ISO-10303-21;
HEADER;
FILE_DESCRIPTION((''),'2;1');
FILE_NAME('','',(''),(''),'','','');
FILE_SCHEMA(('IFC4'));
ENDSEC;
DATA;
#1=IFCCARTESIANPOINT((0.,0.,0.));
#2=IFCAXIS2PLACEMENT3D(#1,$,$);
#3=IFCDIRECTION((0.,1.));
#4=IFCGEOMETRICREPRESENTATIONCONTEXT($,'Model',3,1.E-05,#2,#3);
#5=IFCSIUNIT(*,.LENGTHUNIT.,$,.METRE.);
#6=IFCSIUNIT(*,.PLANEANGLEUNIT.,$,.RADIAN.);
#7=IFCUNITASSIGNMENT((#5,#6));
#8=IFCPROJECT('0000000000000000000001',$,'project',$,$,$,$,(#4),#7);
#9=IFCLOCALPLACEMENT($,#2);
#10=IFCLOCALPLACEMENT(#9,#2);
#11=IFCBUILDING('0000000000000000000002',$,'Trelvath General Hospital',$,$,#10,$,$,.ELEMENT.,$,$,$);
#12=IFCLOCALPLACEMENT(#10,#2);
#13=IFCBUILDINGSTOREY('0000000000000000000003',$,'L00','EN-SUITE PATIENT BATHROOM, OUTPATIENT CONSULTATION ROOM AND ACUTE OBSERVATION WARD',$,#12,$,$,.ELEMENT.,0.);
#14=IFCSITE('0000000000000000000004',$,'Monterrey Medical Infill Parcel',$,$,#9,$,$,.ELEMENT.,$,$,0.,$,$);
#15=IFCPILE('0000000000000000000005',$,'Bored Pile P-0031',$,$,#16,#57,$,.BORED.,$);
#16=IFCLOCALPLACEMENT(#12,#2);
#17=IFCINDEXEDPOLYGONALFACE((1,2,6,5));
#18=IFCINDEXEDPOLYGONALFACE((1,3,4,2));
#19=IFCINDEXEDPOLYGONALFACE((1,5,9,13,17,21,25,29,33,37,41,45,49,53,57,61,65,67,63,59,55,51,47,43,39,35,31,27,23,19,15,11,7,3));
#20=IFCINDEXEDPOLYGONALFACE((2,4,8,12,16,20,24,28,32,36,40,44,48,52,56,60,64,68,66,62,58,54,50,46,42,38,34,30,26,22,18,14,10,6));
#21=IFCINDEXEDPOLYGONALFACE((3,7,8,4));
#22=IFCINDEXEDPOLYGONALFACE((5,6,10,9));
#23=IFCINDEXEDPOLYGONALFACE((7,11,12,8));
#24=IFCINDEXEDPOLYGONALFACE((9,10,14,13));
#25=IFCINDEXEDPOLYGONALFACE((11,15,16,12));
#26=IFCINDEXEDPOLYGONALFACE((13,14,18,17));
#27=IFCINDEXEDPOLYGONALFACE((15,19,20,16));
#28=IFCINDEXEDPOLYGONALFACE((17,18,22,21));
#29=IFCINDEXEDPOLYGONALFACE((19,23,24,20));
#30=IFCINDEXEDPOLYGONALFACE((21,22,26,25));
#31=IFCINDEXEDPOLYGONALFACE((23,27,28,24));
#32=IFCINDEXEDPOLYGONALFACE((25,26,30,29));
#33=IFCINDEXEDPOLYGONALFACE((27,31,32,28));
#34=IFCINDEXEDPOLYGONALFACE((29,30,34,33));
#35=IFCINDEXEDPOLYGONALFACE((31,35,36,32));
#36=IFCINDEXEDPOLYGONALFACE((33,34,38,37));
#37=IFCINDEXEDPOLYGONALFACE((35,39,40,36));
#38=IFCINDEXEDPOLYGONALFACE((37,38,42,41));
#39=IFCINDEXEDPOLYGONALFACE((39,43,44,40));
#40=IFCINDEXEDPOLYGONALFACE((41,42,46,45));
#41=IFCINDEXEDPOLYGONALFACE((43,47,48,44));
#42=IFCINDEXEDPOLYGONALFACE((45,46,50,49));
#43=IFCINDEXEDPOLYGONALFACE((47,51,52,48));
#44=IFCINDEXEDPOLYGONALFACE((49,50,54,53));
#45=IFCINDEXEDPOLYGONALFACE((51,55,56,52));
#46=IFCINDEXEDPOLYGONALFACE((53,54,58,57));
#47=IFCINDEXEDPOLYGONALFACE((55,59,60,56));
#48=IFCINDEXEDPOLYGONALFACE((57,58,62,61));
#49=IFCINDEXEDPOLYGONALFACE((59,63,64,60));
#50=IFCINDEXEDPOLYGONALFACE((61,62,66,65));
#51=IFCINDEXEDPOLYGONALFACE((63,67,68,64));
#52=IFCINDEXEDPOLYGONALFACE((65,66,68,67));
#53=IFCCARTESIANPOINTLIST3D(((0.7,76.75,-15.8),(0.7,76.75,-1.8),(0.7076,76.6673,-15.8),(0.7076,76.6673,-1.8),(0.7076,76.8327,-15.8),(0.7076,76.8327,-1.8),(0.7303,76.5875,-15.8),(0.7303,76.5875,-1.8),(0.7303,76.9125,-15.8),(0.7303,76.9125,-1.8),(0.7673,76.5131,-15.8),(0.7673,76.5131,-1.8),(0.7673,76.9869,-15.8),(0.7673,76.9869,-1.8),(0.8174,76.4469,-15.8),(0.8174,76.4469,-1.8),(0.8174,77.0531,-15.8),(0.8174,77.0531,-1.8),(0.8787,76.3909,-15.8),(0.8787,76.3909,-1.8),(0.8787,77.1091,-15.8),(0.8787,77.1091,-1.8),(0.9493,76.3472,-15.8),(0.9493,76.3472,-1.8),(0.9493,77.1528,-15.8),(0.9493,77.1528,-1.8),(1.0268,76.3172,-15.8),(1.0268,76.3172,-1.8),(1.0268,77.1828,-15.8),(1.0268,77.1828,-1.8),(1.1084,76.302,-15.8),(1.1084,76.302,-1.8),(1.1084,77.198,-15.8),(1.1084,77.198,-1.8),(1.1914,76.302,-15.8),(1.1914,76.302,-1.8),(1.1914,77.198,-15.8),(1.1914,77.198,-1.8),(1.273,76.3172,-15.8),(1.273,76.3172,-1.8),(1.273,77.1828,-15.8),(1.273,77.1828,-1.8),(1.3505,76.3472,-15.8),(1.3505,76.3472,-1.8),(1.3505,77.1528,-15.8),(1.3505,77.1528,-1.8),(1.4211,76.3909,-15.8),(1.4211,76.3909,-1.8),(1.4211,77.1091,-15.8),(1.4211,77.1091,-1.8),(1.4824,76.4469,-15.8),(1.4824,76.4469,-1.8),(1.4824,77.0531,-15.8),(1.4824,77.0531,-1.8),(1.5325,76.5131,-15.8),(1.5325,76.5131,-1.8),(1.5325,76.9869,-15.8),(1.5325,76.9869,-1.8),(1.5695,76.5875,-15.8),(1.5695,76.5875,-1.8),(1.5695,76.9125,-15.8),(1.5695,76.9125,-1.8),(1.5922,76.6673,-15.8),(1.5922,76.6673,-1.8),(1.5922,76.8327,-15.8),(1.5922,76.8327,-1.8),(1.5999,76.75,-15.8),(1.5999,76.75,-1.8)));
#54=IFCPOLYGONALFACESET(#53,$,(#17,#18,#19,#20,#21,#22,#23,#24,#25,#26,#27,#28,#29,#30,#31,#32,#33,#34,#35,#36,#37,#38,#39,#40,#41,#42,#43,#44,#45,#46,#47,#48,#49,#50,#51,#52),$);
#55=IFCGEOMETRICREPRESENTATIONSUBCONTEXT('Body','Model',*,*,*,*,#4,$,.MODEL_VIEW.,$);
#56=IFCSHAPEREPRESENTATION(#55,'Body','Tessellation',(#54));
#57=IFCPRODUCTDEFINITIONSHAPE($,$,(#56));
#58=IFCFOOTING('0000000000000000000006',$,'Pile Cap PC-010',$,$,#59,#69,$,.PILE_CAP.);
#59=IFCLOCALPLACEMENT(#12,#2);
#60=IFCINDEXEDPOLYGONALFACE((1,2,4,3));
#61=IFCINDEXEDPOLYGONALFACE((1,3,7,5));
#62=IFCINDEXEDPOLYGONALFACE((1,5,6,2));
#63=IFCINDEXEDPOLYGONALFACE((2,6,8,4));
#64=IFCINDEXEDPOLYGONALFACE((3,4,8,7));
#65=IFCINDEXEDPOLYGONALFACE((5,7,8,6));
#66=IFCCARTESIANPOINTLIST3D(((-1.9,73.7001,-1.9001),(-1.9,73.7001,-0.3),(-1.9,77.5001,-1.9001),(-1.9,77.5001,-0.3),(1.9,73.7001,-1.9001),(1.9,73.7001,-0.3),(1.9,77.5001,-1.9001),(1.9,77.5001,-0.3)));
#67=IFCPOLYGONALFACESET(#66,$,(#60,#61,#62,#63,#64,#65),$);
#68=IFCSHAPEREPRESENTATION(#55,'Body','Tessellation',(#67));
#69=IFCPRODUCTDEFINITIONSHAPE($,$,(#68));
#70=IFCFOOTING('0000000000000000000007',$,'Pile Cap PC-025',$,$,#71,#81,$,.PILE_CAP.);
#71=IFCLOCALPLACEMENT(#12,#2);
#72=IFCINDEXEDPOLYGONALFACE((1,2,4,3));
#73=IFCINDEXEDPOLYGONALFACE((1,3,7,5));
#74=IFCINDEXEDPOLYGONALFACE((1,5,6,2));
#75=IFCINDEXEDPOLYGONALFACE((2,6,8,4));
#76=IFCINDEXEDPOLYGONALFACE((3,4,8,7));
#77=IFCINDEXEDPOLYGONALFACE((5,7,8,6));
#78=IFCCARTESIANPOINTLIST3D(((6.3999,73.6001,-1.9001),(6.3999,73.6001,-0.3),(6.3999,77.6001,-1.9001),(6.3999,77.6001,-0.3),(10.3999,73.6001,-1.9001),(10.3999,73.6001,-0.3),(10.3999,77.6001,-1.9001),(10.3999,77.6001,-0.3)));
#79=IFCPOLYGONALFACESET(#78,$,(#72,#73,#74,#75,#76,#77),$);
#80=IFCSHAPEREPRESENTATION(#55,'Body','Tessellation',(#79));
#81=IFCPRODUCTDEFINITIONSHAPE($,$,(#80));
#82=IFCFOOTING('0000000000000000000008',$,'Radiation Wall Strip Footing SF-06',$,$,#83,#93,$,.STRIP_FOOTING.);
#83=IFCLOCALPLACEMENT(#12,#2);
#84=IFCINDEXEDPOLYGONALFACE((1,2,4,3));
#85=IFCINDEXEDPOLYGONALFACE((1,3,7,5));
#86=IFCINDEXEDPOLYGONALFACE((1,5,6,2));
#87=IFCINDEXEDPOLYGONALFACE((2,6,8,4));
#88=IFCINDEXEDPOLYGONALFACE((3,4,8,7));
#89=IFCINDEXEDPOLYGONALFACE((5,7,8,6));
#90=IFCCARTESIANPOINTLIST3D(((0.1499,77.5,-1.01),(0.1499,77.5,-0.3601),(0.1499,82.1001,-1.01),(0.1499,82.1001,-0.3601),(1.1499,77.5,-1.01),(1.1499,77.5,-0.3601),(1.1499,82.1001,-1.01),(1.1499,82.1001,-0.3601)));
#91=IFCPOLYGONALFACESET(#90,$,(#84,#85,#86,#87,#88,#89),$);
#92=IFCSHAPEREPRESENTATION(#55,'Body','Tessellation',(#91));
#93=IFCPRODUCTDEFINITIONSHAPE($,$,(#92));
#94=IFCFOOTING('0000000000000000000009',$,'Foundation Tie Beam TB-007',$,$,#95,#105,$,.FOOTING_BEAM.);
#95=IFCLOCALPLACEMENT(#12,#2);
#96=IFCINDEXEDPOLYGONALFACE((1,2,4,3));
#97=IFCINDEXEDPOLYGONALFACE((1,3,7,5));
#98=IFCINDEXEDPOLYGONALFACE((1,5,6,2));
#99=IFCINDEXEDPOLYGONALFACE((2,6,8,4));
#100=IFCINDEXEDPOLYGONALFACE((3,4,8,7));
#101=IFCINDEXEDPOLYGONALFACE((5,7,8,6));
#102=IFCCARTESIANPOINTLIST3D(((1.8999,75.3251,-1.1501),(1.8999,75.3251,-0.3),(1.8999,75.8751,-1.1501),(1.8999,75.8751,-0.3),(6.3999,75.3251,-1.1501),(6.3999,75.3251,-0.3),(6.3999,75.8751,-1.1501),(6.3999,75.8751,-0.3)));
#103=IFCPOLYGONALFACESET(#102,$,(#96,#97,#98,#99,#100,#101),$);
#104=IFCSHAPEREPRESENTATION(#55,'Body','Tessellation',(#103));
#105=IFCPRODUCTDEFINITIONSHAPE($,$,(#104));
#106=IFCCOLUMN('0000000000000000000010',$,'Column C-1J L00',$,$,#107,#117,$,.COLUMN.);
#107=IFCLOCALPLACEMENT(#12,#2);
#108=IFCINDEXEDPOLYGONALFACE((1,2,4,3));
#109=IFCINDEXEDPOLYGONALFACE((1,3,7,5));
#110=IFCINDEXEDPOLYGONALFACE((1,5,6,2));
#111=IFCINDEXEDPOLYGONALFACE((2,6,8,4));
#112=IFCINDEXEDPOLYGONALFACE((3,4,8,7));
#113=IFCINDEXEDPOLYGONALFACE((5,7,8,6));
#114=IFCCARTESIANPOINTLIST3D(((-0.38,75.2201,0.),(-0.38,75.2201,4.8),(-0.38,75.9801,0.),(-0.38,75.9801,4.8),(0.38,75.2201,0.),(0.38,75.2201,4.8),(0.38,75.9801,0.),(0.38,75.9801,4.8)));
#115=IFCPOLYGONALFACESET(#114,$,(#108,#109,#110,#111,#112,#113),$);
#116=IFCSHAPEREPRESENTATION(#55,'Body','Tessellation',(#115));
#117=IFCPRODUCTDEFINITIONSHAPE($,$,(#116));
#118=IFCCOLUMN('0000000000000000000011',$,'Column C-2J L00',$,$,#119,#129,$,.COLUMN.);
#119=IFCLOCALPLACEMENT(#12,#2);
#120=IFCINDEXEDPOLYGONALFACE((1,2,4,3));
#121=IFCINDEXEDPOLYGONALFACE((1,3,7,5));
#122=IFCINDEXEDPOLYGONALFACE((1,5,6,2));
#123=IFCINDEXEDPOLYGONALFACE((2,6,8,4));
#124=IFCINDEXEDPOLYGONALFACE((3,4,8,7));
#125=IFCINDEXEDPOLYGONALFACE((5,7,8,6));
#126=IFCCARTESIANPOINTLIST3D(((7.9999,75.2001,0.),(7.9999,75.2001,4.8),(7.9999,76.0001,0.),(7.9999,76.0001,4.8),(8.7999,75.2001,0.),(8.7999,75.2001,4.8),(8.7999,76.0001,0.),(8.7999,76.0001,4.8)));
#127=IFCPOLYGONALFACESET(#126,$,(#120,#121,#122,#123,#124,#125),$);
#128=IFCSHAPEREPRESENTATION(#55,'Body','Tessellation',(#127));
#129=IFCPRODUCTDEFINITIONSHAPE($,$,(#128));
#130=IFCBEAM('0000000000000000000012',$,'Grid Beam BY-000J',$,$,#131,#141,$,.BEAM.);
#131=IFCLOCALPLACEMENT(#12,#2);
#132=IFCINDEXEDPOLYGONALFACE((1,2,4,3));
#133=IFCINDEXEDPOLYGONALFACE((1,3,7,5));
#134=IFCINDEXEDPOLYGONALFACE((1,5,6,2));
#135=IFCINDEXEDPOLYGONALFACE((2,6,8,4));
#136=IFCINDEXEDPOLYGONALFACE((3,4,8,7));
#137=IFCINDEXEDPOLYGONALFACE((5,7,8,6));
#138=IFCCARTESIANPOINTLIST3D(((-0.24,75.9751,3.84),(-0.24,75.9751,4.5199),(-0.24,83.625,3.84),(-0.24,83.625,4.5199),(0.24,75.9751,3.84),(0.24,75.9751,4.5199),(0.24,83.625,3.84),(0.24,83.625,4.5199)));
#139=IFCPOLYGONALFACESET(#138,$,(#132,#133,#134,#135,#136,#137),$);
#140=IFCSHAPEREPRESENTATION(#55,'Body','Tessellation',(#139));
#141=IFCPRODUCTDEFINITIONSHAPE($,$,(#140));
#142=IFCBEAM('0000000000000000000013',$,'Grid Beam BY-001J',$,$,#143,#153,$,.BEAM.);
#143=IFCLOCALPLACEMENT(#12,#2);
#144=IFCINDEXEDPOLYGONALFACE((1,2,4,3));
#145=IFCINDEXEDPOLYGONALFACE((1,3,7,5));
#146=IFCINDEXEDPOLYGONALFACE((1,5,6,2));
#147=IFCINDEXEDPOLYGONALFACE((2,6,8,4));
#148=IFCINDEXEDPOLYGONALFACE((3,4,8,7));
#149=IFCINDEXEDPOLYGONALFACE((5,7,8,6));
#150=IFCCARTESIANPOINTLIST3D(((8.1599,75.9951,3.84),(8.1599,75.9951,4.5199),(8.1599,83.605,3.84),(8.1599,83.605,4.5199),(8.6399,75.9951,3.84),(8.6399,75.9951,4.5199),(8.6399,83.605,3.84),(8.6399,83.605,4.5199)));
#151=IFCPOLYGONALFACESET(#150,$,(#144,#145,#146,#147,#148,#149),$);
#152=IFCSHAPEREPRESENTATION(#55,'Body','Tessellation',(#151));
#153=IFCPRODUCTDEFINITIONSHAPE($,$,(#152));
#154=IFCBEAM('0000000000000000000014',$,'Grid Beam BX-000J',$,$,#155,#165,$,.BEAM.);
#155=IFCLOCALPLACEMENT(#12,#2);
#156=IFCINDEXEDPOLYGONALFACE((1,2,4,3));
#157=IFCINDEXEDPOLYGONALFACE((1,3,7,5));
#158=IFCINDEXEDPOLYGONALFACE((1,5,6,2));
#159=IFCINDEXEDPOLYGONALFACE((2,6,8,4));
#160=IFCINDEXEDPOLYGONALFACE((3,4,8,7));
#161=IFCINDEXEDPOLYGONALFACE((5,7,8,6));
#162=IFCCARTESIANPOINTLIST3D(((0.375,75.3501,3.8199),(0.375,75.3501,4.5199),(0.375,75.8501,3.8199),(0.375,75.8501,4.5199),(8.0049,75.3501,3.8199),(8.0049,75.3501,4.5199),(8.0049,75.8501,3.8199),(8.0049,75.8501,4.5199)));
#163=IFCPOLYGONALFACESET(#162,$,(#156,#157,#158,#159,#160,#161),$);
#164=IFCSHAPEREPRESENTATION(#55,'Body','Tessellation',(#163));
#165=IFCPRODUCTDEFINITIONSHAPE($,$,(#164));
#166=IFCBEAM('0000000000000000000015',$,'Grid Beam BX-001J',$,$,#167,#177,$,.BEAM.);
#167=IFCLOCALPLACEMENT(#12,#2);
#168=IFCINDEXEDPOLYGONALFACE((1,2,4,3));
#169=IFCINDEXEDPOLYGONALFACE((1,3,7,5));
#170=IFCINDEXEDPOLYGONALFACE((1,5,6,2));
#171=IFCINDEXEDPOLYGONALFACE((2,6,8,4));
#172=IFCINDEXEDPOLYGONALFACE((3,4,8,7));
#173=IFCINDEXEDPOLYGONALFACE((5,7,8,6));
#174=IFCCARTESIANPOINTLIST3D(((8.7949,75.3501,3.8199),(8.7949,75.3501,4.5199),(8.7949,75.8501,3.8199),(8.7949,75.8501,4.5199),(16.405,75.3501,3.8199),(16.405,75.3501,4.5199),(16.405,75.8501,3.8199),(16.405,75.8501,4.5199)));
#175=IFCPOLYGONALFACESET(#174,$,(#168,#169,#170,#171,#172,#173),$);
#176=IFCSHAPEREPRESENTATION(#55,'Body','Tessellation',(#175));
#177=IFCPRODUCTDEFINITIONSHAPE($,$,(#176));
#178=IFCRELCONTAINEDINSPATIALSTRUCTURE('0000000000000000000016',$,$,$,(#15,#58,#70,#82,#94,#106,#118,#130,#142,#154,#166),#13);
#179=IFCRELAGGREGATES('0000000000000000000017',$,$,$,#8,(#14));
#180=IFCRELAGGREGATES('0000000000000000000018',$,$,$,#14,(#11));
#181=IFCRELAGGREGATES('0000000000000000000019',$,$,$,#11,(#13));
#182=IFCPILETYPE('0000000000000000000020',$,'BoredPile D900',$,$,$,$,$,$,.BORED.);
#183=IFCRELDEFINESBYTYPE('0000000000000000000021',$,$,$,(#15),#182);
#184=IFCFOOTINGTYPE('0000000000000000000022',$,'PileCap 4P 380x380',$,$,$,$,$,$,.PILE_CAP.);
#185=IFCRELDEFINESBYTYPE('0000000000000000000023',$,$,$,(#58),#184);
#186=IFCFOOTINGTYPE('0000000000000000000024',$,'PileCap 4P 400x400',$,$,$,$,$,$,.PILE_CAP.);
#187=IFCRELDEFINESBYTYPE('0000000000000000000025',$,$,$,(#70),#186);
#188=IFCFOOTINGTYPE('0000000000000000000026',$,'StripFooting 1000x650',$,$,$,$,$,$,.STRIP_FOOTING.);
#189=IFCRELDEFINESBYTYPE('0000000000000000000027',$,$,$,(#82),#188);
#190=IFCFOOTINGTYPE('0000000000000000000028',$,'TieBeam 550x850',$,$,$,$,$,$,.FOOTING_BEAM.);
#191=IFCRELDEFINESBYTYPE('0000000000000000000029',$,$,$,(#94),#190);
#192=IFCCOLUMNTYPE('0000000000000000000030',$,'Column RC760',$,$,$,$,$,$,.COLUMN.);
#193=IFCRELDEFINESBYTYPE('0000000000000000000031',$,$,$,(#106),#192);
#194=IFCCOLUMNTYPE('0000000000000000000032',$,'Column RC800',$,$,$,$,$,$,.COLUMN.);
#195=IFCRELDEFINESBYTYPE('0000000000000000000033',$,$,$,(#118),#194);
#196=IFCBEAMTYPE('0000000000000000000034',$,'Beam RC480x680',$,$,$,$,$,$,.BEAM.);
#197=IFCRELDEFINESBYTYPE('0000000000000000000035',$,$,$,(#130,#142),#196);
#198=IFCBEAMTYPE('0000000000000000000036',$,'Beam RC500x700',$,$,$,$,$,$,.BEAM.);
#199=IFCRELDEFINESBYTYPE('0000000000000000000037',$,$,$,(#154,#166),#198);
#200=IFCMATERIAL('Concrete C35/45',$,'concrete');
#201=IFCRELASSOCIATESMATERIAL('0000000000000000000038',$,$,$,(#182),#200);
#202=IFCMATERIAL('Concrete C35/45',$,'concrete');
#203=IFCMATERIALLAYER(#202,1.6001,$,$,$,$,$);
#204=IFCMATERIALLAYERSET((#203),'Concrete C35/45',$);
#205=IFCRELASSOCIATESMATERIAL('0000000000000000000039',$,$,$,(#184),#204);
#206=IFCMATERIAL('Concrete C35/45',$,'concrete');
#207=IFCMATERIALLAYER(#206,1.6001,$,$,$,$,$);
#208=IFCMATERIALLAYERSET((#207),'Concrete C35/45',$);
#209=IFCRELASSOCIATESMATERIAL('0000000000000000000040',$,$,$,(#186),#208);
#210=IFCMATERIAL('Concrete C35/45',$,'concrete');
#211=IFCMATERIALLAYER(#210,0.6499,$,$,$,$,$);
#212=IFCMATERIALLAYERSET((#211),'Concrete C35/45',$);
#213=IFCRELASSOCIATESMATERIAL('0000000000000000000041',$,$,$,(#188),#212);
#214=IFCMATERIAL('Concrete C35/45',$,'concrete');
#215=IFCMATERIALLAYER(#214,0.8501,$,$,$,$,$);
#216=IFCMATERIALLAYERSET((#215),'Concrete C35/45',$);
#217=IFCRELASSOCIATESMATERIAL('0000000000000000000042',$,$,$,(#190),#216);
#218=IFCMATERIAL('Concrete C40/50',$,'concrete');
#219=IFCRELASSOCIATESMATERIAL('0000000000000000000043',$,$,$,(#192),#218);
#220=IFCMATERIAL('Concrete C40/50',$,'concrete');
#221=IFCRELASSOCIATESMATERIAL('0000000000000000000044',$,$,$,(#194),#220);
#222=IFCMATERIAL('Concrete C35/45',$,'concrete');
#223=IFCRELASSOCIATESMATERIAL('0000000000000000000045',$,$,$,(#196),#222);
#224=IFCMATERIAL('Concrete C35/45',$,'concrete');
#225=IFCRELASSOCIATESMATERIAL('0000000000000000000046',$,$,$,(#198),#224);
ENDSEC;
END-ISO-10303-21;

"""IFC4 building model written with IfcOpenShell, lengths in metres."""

from ifc_helpers import new_model, si_unit, direction, frame, origin, origin_2d, place, context, subcontext, project, spatial, rectangle, circle, extrude, material, layer, layer_set, material_profile, profile_set, type_object, element, save


model = new_model("IFC4")

# Units and contexts
model_context = context("Model", 3, precision=1e-05, world=origin(), true_north=direction((0.0, 1.0)))
body_context = subcontext(model_context, "Body", "Model", "MODEL_VIEW")
ifc_project = project(units=[si_unit("LENGTHUNIT", "METRE"), si_unit("PLANEANGLEUNIT", "RADIAN")], contexts=[model_context])

# Site, building, storey
site_placement = place(None, origin())
site = spatial("IfcSite", under=ifc_project, at=site_placement, Name="Monterrey Medical Infill Parcel", CompositionType="ELEMENT", RefElevation=0.0)
building_placement = place(site_placement, origin())
building = spatial("IfcBuilding", under=site, at=building_placement, Name="Trelvath General Hospital", CompositionType="ELEMENT")
storey_placement = place(building_placement, origin())
storey = spatial("IfcBuildingStorey", under=building, at=storey_placement, Name="L00", Description="EN-SUITE PATIENT BATHROOM, OUTPATIENT CONSULTATION ROOM AND ACUTE OBSERVATION WARD", CompositionType="ELEMENT", Elevation=0.0)

# Pile
ifc_material_1 = material(Name="Concrete C35/45", Category="concrete")
ifc_material_profile_1 = material_profile(ifc_material_1, circle(Radius=0.45, at=origin_2d()), Name="PILE900")
ifc_profile_set_1 = profile_set([ifc_material_profile_1], Name="Concrete C35/45")
pile_type_1 = type_object("IfcPileType", Name="BoredPile D900", PredefinedType="BORED", material=ifc_profile_set_1)
for number, where, z_axis, x_axis, name in (
    (1, (1.1499, 76.75, -1.8), (0.0, 0.0, -1.0), (1.0, 0.0, 0.0), "Bored Pile P-0031"),
):
    element("IfcPile", number, at=place(storey_placement, frame(where, z_axis=z_axis, x_axis=x_axis)), inside=storey, type_object=pile_type_1, Name=name, PredefinedType="BORED", context=body_context, shape_type="SweptSolid", body=[
        extrude(circle(Radius=0.45, at=origin_2d()), origin(), (0.0, 0.0, 1.0), 14.0),
    ])

# Footings
ifc_material_2 = material(Name="Concrete C35/45", Category="concrete")
ifc_layer_1 = layer(ifc_material_2, 1.6001)
ifc_layer_set_1 = layer_set([ifc_layer_1], Name="Concrete C35/45")
footing_type_1 = type_object("IfcFootingType", Name="PileCap 4P 380x380", PredefinedType="PILE_CAP", material=ifc_layer_set_1)
footing_1_placement = place(storey_placement, frame((0.0, 75.6001, -1.9001), z_axis=(0.0, 0.0, 1.0), x_axis=(1.0, 0.0, 0.0)))
element("IfcFooting", 2, at=footing_1_placement, inside=storey, type_object=footing_type_1, Name="Pile Cap PC-010", PredefinedType="PILE_CAP", context=body_context, shape_type="SweptSolid", body=[
    extrude(rectangle(XDim=3.8, YDim=3.8, at=origin_2d()), origin(), (0.0, 0.0, 1.0), 1.6001),
])
ifc_material_3 = material(Name="Concrete C35/45", Category="concrete")
ifc_layer_2 = layer(ifc_material_3, 1.6001)
ifc_layer_set_2 = layer_set([ifc_layer_2], Name="Concrete C35/45")
footing_type_2 = type_object("IfcFootingType", Name="PileCap 4P 400x400", PredefinedType="PILE_CAP", material=ifc_layer_set_2)
footing_2_placement = place(storey_placement, frame((8.3999, 75.6001, -1.9001), z_axis=(0.0, 0.0, 1.0), x_axis=(1.0, 0.0, 0.0)))
element("IfcFooting", 3, at=footing_2_placement, inside=storey, type_object=footing_type_2, Name="Pile Cap PC-025", PredefinedType="PILE_CAP", context=body_context, shape_type="SweptSolid", body=[
    extrude(rectangle(XDim=4.0, YDim=4.0, at=origin_2d()), origin(), (0.0, 0.0, 1.0), 1.6001),
])
ifc_material_4 = material(Name="Concrete C35/45", Category="concrete")
ifc_layer_3 = layer(ifc_material_4, 0.6499)
ifc_layer_set_3 = layer_set([ifc_layer_3], Name="Concrete C35/45")
footing_type_3 = type_object("IfcFootingType", Name="StripFooting 1000x650", PredefinedType="STRIP_FOOTING", material=ifc_layer_set_3)
footing_3_placement = place(storey_placement, frame((0.6499, 79.8, -1.01), z_axis=(0.0, 0.0, 1.0), x_axis=(1.0, 0.0, 0.0)))
element("IfcFooting", 4, at=footing_3_placement, inside=storey, type_object=footing_type_3, Name="Radiation Wall Strip Footing SF-06", PredefinedType="STRIP_FOOTING", context=body_context, shape_type="SweptSolid", body=[
    extrude(rectangle(XDim=1.0, YDim=4.6001, at=origin_2d()), origin(), (0.0, 0.0, 1.0), 0.6499),
])
ifc_material_5 = material(Name="Concrete C35/45", Category="concrete")
ifc_layer_4 = layer(ifc_material_5, 0.8501)
ifc_layer_set_4 = layer_set([ifc_layer_4], Name="Concrete C35/45")
footing_type_4 = type_object("IfcFootingType", Name="TieBeam 550x850", PredefinedType="FOOTING_BEAM", material=ifc_layer_set_4)
footing_4_placement = place(storey_placement, frame((4.1499, 75.6001, -1.1501), z_axis=(0.0, 0.0, 1.0), x_axis=(1.0, 0.0, 0.0)))
element("IfcFooting", 5, at=footing_4_placement, inside=storey, type_object=footing_type_4, Name="Foundation Tie Beam TB-007", PredefinedType="FOOTING_BEAM", context=body_context, shape_type="SweptSolid", body=[
    extrude(rectangle(XDim=4.5, YDim=0.55, at=origin_2d()), origin(), (0.0, 0.0, 1.0), 0.8501),
])

# Columns
ifc_material_6 = material(Name="Concrete C40/50", Category="concrete")
ifc_material_profile_2 = material_profile(ifc_material_6, rectangle(XDim=0.76, YDim=0.76, at=origin_2d()), Name="RC760x760")
ifc_profile_set_2 = profile_set([ifc_material_profile_2], Name="Concrete C40/50")
column_type_1 = type_object("IfcColumnType", Name="Column RC760", PredefinedType="COLUMN", material=ifc_profile_set_2)
column_1_placement = place(storey_placement, frame((0.0, 75.6001, 0.0), z_axis=(0.0, 0.0, 1.0), x_axis=(1.0, 0.0, 0.0)))
element("IfcColumn", 6, at=column_1_placement, inside=storey, type_object=column_type_1, Name="Column C-1J L00", PredefinedType="COLUMN", context=body_context, shape_type="SweptSolid", body=[
    extrude(rectangle(XDim=0.76, YDim=0.76, at=origin_2d()), origin(), (0.0, 0.0, 1.0), 4.8),
])
ifc_material_7 = material(Name="Concrete C40/50", Category="concrete")
ifc_material_profile_3 = material_profile(ifc_material_7, rectangle(XDim=0.8, YDim=0.8, at=origin_2d()), Name="RC800x800")
ifc_profile_set_3 = profile_set([ifc_material_profile_3], Name="Concrete C40/50")
column_type_2 = type_object("IfcColumnType", Name="Column RC800", PredefinedType="COLUMN", material=ifc_profile_set_3)
column_2_placement = place(storey_placement, frame((8.3999, 75.6001, 0.0), z_axis=(0.0, 0.0, 1.0), x_axis=(1.0, 0.0, 0.0)))
element("IfcColumn", 7, at=column_2_placement, inside=storey, type_object=column_type_2, Name="Column C-2J L00", PredefinedType="COLUMN", context=body_context, shape_type="SweptSolid", body=[
    extrude(rectangle(XDim=0.8, YDim=0.8, at=origin_2d()), origin(), (0.0, 0.0, 1.0), 4.8),
])

# Beams
ifc_material_8 = material(Name="Concrete C35/45", Category="concrete")
ifc_material_profile_4 = material_profile(ifc_material_8, rectangle(XDim=0.48, YDim=0.6799, at=origin_2d()), Name="RCB480x680")
ifc_profile_set_4 = profile_set([ifc_material_profile_4], Name="Concrete C35/45")
beam_type_1 = type_object("IfcBeamType", Name="Beam RC480x680", PredefinedType="BEAM", material=ifc_profile_set_4)
beam_1_placement = place(storey_placement, frame((0.0, 75.9751, 4.1799), z_axis=(0.0, 1.0, 0.0), x_axis=(-1.0, 0.0, 0.0)))
element("IfcBeam", 8, at=beam_1_placement, inside=storey, type_object=beam_type_1, Name="Grid Beam BY-000J", PredefinedType="BEAM", context=body_context, shape_type="SweptSolid", body=[
    extrude(rectangle(XDim=0.48, YDim=0.6799, at=origin_2d()), origin(), (0.0, 0.0, 1.0), 7.6499),
])
beam_2_placement = place(storey_placement, frame((8.3999, 75.9951, 4.1799), z_axis=(0.0, 1.0, 0.0), x_axis=(-1.0, 0.0, 0.0)))
element("IfcBeam", 9, at=beam_2_placement, inside=storey, type_object=beam_type_1, Name="Grid Beam BY-001J", PredefinedType="BEAM", context=body_context, shape_type="SweptSolid", body=[
    extrude(rectangle(XDim=0.48, YDim=0.6799, at=origin_2d()), origin(), (0.0, 0.0, 1.0), 7.6099),
])
ifc_material_9 = material(Name="Concrete C35/45", Category="concrete")
ifc_material_profile_5 = material_profile(ifc_material_9, rectangle(XDim=0.5, YDim=0.7, at=origin_2d()), Name="RCB500x700")
ifc_profile_set_5 = profile_set([ifc_material_profile_5], Name="Concrete C35/45")
beam_type_2 = type_object("IfcBeamType", Name="Beam RC500x700", PredefinedType="BEAM", material=ifc_profile_set_5)
beam_3_placement = place(storey_placement, frame((0.375, 75.6001, 4.1699), z_axis=(1.0, 0.0, 0.0), x_axis=(0.0, 1.0, 0.0)))
element("IfcBeam", 10, at=beam_3_placement, inside=storey, type_object=beam_type_2, Name="Grid Beam BX-000J", PredefinedType="BEAM", context=body_context, shape_type="SweptSolid", body=[
    extrude(rectangle(XDim=0.5, YDim=0.7, at=origin_2d()), origin(), (0.0, 0.0, 1.0), 7.6299),
])
beam_4_placement = place(storey_placement, frame((8.7949, 75.6001, 4.1699), z_axis=(1.0, 0.0, 0.0), x_axis=(0.0, 1.0, 0.0)))
element("IfcBeam", 11, at=beam_4_placement, inside=storey, type_object=beam_type_2, Name="Grid Beam BX-001J", PredefinedType="BEAM", context=body_context, shape_type="SweptSolid", body=[
    extrude(rectangle(XDim=0.5, YDim=0.7, at=origin_2d()), origin(), (0.0, 0.0, 1.0), 7.6101),
])

save(model, "model.ifc")
